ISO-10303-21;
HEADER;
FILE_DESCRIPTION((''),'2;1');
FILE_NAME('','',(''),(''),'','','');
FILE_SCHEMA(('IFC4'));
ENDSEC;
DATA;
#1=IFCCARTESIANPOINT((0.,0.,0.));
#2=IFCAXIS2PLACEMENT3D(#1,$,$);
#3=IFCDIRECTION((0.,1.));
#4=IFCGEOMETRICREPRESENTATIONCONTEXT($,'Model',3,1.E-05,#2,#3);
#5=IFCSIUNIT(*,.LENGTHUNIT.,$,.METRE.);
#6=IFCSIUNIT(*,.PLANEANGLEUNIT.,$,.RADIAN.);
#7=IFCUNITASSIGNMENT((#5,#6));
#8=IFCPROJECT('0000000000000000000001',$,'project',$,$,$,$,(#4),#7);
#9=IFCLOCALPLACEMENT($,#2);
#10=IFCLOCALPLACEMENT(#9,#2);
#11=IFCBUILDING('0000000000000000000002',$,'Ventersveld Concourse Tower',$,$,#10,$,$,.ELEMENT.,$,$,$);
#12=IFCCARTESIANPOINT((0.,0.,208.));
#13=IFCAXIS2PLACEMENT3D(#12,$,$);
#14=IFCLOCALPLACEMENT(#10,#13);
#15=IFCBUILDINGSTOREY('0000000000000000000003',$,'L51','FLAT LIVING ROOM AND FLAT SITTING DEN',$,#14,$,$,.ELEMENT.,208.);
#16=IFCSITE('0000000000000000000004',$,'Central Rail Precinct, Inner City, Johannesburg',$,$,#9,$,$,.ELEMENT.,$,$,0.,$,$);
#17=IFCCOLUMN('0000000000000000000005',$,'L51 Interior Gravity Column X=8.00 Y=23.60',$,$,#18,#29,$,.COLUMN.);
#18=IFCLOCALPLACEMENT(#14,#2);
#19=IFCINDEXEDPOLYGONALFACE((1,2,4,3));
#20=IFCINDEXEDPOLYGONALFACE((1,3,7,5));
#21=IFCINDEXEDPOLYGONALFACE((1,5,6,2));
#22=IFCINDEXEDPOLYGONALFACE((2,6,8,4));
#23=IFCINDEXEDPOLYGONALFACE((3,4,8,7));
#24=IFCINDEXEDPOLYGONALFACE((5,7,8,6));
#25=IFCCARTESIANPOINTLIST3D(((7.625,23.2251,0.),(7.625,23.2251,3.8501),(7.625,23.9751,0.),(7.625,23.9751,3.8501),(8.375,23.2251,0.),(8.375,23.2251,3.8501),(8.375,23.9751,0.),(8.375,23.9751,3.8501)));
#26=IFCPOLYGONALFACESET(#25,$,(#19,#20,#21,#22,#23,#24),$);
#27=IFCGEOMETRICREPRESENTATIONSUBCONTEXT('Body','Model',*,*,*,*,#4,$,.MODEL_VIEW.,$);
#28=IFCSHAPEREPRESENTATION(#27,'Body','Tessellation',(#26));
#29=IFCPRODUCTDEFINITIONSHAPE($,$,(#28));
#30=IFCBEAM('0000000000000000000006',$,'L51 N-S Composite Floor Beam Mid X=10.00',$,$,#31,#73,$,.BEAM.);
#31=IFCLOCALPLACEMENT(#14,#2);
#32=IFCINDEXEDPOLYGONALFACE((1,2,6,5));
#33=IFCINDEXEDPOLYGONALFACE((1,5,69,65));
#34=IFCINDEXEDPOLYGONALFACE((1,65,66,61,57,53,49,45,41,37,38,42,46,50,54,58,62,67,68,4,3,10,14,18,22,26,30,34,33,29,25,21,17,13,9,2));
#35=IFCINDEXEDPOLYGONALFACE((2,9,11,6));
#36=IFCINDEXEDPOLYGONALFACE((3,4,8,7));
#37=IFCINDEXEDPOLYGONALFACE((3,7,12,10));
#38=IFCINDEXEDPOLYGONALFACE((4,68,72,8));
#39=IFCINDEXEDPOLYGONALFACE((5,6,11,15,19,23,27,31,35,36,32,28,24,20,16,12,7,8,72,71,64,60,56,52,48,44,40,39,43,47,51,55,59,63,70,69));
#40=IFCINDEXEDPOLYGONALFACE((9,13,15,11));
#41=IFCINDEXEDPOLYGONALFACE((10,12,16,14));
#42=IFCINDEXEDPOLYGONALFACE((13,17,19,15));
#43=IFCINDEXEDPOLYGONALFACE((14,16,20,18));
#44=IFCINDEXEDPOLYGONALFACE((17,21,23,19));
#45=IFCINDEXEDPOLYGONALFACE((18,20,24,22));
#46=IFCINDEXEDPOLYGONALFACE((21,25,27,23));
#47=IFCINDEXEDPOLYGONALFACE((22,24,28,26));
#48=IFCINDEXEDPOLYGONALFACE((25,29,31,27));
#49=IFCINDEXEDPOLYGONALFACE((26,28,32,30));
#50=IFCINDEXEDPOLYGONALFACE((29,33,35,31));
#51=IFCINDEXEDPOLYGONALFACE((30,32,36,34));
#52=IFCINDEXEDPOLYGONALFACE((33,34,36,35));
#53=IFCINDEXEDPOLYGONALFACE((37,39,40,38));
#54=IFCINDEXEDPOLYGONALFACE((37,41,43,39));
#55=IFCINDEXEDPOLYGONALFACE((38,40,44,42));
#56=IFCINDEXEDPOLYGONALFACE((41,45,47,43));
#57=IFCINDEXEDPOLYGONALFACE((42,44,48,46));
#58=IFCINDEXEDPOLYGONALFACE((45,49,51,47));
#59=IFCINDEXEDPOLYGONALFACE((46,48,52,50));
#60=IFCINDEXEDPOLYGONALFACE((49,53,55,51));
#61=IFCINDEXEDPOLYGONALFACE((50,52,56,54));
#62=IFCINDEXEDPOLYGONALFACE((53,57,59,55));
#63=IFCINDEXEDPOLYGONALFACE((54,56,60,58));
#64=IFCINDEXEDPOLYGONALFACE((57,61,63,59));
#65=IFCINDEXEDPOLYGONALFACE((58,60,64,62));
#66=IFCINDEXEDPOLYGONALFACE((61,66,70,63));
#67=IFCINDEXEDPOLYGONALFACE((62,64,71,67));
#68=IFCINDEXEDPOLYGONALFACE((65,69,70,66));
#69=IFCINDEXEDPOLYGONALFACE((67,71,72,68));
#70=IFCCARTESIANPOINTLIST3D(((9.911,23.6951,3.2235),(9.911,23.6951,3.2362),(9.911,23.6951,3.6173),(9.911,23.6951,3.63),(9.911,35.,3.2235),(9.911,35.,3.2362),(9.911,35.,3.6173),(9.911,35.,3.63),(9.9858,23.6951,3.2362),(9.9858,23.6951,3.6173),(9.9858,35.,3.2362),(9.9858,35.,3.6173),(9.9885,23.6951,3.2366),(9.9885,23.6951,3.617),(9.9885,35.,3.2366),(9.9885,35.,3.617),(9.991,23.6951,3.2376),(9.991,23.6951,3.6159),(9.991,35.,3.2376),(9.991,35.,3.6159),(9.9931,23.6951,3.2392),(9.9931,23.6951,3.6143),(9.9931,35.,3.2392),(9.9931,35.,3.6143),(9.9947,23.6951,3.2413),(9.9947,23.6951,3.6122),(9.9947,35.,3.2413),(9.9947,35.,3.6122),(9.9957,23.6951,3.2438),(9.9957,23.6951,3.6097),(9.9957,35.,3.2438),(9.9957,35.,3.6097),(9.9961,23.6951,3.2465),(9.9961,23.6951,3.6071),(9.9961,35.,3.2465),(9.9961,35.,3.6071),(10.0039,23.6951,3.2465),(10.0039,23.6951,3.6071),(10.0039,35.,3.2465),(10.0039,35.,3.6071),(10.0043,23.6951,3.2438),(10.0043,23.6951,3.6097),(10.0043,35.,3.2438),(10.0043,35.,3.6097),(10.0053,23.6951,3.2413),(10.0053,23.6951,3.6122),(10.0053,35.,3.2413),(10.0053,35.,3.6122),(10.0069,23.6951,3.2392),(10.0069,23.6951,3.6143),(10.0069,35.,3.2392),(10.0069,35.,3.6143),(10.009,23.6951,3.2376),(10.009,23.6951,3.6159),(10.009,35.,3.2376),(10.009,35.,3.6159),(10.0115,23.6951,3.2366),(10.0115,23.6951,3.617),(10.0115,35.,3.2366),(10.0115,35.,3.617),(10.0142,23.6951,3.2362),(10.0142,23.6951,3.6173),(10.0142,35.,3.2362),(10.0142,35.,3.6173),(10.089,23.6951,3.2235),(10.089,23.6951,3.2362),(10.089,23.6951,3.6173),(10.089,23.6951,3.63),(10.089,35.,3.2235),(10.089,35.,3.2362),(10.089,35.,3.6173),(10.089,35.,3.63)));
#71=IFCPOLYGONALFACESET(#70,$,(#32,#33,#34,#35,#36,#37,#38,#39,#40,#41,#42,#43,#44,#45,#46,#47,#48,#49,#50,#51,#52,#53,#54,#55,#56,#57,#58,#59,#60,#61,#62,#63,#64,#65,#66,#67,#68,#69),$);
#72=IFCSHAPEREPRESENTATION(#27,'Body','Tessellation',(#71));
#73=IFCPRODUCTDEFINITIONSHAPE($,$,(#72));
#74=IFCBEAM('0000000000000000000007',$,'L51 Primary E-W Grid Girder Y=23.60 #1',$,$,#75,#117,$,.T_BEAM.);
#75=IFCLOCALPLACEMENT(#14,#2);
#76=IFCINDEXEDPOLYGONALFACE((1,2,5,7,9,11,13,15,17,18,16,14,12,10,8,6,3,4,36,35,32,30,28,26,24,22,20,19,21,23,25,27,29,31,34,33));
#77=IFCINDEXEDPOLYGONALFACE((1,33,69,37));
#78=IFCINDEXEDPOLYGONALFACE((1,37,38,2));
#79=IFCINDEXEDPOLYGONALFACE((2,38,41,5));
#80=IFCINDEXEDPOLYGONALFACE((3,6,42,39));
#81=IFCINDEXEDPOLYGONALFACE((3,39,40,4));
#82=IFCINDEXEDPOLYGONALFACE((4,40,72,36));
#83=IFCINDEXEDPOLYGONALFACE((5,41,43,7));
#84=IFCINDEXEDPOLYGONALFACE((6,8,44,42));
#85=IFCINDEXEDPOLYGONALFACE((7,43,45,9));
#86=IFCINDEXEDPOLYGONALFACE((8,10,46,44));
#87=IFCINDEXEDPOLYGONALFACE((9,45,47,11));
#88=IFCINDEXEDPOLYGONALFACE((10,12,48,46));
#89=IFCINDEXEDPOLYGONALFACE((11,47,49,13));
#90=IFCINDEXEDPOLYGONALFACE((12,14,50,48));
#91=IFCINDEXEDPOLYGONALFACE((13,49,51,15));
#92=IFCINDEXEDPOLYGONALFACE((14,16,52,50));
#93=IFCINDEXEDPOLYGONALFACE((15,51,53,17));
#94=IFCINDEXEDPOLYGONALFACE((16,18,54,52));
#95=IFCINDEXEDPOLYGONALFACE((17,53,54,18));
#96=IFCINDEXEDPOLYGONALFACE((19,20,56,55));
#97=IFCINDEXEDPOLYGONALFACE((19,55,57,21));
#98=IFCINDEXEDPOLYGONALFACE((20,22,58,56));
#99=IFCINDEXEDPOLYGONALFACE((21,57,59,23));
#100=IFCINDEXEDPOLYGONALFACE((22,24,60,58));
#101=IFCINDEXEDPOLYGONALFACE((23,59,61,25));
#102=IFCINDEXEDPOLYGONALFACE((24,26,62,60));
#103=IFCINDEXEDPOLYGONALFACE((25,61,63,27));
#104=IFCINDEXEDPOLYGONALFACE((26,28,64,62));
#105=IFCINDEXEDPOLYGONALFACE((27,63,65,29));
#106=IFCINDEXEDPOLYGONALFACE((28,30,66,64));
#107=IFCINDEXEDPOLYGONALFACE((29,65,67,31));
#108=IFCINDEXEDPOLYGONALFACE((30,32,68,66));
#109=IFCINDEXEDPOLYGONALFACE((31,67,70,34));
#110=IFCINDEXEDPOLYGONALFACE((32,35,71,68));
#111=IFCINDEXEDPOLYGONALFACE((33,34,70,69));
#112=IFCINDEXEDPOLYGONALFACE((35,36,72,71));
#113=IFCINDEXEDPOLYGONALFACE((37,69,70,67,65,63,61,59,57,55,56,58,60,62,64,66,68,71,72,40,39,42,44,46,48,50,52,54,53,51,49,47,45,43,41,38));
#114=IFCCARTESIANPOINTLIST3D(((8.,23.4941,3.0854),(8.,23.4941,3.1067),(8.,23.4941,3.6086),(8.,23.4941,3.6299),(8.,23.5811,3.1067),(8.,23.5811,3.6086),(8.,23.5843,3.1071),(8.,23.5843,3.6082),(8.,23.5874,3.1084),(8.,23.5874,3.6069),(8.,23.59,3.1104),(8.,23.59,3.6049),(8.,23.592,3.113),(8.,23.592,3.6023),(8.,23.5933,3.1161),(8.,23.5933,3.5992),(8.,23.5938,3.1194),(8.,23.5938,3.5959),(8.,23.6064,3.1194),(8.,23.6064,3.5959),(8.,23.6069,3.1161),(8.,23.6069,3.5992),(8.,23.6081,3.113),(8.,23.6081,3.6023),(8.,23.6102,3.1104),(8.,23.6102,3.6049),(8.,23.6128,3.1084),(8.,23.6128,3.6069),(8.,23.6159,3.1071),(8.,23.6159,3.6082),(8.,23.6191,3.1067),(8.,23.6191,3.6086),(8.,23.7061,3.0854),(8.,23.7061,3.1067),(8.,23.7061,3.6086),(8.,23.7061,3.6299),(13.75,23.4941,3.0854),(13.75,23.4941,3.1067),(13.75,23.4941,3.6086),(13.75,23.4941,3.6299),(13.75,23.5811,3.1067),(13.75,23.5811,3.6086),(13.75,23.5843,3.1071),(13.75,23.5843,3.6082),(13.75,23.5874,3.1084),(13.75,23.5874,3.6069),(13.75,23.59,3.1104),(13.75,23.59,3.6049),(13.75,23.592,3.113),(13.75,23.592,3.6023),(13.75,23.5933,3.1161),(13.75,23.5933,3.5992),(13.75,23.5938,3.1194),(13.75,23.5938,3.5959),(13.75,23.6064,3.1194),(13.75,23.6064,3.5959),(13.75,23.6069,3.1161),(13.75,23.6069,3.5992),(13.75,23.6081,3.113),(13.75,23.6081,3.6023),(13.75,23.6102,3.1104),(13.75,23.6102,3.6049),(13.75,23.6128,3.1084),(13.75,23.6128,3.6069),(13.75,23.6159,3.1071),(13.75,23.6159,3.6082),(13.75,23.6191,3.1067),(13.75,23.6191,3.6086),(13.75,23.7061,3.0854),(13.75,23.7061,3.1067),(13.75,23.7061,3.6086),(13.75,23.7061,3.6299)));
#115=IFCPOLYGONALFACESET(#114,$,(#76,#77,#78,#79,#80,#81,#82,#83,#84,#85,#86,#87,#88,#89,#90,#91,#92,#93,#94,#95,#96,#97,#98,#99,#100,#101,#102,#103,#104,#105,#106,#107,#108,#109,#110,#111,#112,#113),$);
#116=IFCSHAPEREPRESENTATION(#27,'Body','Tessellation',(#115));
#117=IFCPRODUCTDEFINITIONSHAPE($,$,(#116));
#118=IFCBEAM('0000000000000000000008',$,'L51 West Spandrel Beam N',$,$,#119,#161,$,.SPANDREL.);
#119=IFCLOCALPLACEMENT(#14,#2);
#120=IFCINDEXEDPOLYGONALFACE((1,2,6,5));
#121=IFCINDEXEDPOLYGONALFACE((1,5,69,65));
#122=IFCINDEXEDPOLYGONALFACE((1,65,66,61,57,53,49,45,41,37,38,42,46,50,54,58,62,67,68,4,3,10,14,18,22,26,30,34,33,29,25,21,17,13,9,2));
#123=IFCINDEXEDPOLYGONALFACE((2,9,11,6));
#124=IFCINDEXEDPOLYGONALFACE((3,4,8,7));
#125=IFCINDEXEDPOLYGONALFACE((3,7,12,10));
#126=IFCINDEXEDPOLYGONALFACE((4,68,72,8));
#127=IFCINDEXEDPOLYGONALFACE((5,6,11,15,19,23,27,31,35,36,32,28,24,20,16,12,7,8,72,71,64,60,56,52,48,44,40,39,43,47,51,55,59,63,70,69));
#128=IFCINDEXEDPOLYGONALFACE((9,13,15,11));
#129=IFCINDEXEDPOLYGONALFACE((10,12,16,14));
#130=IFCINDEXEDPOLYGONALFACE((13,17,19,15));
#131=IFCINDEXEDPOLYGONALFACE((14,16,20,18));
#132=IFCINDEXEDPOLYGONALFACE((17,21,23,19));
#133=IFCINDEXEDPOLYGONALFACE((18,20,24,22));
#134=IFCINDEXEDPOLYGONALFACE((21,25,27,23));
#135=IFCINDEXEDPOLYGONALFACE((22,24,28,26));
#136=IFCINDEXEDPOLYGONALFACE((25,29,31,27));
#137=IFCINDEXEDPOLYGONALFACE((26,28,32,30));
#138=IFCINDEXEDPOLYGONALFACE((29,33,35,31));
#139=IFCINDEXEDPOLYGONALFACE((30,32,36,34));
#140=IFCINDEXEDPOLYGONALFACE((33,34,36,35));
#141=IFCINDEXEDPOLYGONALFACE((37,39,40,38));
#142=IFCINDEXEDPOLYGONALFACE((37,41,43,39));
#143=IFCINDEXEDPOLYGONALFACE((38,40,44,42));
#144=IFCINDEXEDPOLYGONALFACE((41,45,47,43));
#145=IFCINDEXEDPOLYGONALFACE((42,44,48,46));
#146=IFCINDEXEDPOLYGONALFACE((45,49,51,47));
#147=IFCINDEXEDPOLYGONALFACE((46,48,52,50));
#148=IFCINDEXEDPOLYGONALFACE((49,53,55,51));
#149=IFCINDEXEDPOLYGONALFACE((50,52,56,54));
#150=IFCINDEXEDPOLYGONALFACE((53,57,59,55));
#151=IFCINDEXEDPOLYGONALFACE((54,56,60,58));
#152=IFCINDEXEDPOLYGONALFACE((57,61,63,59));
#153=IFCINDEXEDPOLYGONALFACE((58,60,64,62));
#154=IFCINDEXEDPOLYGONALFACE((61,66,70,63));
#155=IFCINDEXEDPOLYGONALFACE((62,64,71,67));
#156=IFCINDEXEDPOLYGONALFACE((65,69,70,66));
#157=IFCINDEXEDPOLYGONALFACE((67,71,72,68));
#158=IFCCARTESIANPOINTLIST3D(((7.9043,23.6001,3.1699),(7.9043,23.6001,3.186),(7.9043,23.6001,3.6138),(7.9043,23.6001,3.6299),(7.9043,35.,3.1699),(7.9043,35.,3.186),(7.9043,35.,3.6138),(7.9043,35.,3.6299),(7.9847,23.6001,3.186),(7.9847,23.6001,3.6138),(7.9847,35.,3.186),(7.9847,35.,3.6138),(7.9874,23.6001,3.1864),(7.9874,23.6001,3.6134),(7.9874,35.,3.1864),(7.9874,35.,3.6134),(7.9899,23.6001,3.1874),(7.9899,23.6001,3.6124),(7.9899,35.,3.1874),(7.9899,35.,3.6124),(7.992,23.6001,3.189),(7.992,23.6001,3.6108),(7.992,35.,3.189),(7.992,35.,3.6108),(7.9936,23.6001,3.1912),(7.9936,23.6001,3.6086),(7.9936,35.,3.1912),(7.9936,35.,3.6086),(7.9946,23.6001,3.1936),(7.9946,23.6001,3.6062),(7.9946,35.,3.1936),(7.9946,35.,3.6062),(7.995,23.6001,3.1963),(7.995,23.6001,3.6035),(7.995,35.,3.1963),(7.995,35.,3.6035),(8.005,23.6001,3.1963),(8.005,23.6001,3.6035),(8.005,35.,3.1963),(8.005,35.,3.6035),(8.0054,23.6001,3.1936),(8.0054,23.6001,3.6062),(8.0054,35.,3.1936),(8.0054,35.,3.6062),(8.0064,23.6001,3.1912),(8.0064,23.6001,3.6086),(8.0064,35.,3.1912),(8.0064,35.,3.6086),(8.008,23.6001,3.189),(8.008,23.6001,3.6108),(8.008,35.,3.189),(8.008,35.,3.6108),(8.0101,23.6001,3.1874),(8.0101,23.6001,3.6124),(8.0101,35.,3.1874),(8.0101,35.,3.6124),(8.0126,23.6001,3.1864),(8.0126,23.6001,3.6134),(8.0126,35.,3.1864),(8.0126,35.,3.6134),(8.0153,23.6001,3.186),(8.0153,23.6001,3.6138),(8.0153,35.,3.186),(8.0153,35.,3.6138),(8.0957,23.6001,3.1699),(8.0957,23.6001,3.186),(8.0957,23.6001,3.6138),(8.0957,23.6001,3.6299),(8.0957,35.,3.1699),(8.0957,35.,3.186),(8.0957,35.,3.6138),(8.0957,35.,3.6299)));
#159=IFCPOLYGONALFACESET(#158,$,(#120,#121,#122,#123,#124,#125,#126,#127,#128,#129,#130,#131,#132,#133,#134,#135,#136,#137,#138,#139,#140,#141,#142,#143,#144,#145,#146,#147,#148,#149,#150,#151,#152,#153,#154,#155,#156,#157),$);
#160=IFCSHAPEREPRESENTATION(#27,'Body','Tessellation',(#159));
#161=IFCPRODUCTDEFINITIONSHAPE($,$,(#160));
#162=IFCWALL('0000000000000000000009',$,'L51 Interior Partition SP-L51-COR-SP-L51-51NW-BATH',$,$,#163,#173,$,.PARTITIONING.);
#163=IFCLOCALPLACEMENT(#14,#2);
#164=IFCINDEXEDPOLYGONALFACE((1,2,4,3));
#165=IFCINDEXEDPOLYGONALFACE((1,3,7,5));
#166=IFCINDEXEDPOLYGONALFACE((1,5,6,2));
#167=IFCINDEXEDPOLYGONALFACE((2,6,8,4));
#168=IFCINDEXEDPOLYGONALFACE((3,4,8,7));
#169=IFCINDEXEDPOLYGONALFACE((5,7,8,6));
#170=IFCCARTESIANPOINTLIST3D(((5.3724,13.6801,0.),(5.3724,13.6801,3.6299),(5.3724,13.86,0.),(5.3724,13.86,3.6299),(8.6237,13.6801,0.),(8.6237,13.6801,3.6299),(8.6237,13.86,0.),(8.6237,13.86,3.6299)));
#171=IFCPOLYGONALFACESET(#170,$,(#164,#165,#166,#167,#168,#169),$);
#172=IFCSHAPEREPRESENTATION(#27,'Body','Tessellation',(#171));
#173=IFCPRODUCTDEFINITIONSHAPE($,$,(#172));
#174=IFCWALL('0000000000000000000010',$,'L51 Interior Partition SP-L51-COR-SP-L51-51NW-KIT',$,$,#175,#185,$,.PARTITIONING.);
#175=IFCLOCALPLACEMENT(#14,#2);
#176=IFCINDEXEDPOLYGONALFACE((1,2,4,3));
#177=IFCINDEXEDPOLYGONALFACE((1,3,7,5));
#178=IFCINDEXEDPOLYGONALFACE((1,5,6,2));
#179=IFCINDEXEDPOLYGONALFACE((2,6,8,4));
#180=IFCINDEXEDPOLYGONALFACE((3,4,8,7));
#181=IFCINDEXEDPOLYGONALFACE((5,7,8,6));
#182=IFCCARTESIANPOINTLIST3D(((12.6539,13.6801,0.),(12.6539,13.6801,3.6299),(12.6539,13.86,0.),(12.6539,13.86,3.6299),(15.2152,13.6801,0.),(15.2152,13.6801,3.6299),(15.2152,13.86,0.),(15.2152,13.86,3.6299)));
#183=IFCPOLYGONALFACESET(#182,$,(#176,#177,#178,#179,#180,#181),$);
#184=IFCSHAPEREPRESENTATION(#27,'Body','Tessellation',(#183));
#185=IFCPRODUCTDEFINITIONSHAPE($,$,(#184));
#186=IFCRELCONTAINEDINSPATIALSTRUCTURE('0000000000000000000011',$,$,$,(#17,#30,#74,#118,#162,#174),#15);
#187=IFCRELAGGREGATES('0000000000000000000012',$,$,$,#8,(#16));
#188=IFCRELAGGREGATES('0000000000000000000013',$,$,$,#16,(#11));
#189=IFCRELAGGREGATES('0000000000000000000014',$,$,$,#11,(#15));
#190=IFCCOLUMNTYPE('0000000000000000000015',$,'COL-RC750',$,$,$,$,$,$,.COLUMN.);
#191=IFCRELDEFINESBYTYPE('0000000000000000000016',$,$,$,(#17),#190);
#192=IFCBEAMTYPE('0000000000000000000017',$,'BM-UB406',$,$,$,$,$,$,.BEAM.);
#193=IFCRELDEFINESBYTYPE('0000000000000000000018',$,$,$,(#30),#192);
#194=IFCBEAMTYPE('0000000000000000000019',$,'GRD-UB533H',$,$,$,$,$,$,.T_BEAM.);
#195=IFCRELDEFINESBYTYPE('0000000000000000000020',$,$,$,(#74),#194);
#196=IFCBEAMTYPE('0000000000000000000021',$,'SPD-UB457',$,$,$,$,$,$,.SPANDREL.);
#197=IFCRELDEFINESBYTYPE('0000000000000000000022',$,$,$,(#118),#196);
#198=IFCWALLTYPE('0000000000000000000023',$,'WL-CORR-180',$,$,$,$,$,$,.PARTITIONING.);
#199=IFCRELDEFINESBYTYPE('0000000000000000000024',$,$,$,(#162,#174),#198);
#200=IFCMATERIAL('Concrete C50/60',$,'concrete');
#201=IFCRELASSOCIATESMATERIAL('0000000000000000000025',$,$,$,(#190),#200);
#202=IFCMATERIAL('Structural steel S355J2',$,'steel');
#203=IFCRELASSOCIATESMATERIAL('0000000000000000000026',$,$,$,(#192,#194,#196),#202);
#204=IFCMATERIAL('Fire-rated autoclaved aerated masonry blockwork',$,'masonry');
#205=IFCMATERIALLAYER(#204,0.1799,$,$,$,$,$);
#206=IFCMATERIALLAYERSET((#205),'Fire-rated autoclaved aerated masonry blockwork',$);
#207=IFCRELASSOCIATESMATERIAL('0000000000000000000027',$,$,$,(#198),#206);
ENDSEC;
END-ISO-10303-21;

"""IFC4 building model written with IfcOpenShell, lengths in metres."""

from ifc_helpers import new_model, si_unit, direction, frame, frame_2d, origin, origin_2d, place, context, subcontext, project, spatial, rectangle, i_section, extrude, material, layer, layer_set, material_profile, profile_set, type_object, element, save


model = new_model("IFC4")

# Units and contexts
model_context = context("Model", 3, precision=1e-05, world=origin(), true_north=direction((0.0, 1.0)))
body_context = subcontext(model_context, "Body", "Model", "MODEL_VIEW")
ifc_project = project(units=[si_unit("LENGTHUNIT", "METRE"), si_unit("PLANEANGLEUNIT", "RADIAN")], contexts=[model_context])

# Site, building, storey
site_placement = place(None, origin())
site = spatial("IfcSite", under=ifc_project, at=site_placement, Name="Central Rail Precinct, Inner City, Johannesburg", CompositionType="ELEMENT", RefElevation=0.0)
building_placement = place(site_placement, origin())
building = spatial("IfcBuilding", under=site, at=building_placement, Name="Ventersveld Concourse Tower", CompositionType="ELEMENT")
storey_placement = place(building_placement, frame((0.0, 0.0, 208.0)))
storey = spatial("IfcBuildingStorey", under=building, at=storey_placement, Name="L51", Description="FLAT LIVING ROOM AND FLAT SITTING DEN", CompositionType="ELEMENT", Elevation=208.0)

# Column
ifc_material_1 = material(Name="Concrete C50/60", Category="concrete")
ifc_material_profile_1 = material_profile(ifc_material_1, rectangle(XDim=0.75, YDim=0.75, at=origin_2d()), Name="RC 750x750")
ifc_profile_set_1 = profile_set([ifc_material_profile_1], Name="Concrete C50/60")
column_type = type_object("IfcColumnType", Name="COL-RC750", PredefinedType="COLUMN", material=ifc_profile_set_1)
column_placement = place(storey_placement, frame((8.0, 23.6001, 0.0), z_axis=(0.0, 0.0, 1.0), x_axis=(1.0, 0.0, 0.0)))
element("IfcColumn", 1, at=column_placement, inside=storey, type_object=column_type, Name="L51 Interior Gravity Column X=8.00 Y=23.60", PredefinedType="COLUMN", context=body_context, shape_type="SweptSolid", body=[
    extrude(rectangle(XDim=0.75, YDim=0.75, at=origin_2d()), origin(), (0.0, 0.0, 1.0), 3.8501),
])

# Beams
ifc_material_2 = material(Name="Structural steel S355J2", Category="steel")
ifc_material_profile_2 = material_profile(ifc_material_2, i_section(OverallWidth=0.178, OverallDepth=0.4065, WebThickness=0.0078, FlangeThickness=0.0127, FilletRadius=0.0103, at=origin_2d()), Name="UB 406x178x60")
ifc_profile_set_2 = profile_set([ifc_material_profile_2], Name="Structural steel S355J2")
beam_type_1 = type_object("IfcBeamType", Name="BM-UB406", PredefinedType="BEAM", material=ifc_profile_set_2)
beam_1_placement = place(storey_placement, frame((10.0, 23.6951, 3.4268), z_axis=(0.0, 1.0, 0.0), x_axis=(-1.0, 0.0, 0.0)))
element("IfcBeam", 2, at=beam_1_placement, inside=storey, type_object=beam_type_1, Name="L51 N-S Composite Floor Beam Mid X=10.00", PredefinedType="BEAM", context=body_context, shape_type="SweptSolid", body=[
    extrude(i_section(OverallWidth=0.178, OverallDepth=0.4065, WebThickness=0.0078, FlangeThickness=0.0127, FilletRadius=0.0103, at=origin_2d()), origin(), (0.0, 0.0, 1.0), 11.3049),
])
ifc_material_profile_3 = material_profile(ifc_material_2, i_section(OverallWidth=0.2119, OverallDepth=0.5444, WebThickness=0.0127, FlangeThickness=0.0212, FilletRadius=0.0127, at=origin_2d()), Name="UB 533x210x122")
ifc_profile_set_3 = profile_set([ifc_material_profile_3], Name="Structural steel S355J2")
beam_type_2 = type_object("IfcBeamType", Name="GRD-UB533H", PredefinedType="T_BEAM", material=ifc_profile_set_3)
beam_2_placement = place(storey_placement, frame((8.0, 23.6001, 3.3577), z_axis=(1.0, 0.0, 0.0), x_axis=(0.0, 1.0, 0.0)))
element("IfcBeam", 3, at=beam_2_placement, inside=storey, type_object=beam_type_2, Name="L51 Primary E-W Grid Girder Y=23.60 #1", PredefinedType="T_BEAM", context=body_context, shape_type="SweptSolid", body=[
    extrude(i_section(OverallWidth=0.2119, OverallDepth=0.5444, WebThickness=0.0127, FlangeThickness=0.0212, FilletRadius=0.0127, at=origin_2d()), origin(), (0.0, 0.0, 1.0), 5.75),
])
ifc_material_profile_4 = material_profile(ifc_material_2, i_section(OverallWidth=0.1914, OverallDepth=0.46, WebThickness=0.01, FlangeThickness=0.0161, FilletRadius=0.0103, at=origin_2d()), Name="UB 457x191x82")
ifc_profile_set_4 = profile_set([ifc_material_profile_4], Name="Structural steel S355J2")
beam_type_3 = type_object("IfcBeamType", Name="SPD-UB457", PredefinedType="SPANDREL", material=ifc_profile_set_4)
beam_3_placement = place(storey_placement, frame((8.0, 23.6001, 3.3999), z_axis=(0.0, 1.0, 0.0), x_axis=(-1.0, 0.0, 0.0)))
element("IfcBeam", 4, at=beam_3_placement, inside=storey, type_object=beam_type_3, Name="L51 West Spandrel Beam N", PredefinedType="SPANDREL", context=body_context, shape_type="SweptSolid", body=[
    extrude(i_section(OverallWidth=0.1914, OverallDepth=0.46, WebThickness=0.01, FlangeThickness=0.0161, FilletRadius=0.0103, at=origin_2d()), origin(), (0.0, 0.0, 1.0), 11.3999),
])

# Shared definitions
ifc_material_3 = material(Name="Fire-rated autoclaved aerated masonry blockwork", Category="masonry")
ifc_layer_1 = layer(ifc_material_3, 0.1799)
ifc_layer_set_1 = layer_set([ifc_layer_1], Name="Fire-rated autoclaved aerated masonry blockwork")
wall_type_1 = type_object("IfcWallType", Name="WL-CORR-180", PredefinedType="PARTITIONING", material=ifc_layer_set_1)

# Walls
wall_1_placement = place(storey_placement, frame((5.3726, 13.77, 0.0), z_axis=(0.0, 0.0, 1.0), x_axis=(1.0, 0.0, 0.0)))
element("IfcWall", 5, at=wall_1_placement, inside=storey, type_object=wall_type_1, Name="L51 Interior Partition SP-L51-COR-SP-L51-51NW-BATH", PredefinedType="PARTITIONING", context=body_context, shape_type="SweptSolid", body=[
    extrude(rectangle(XDim=3.2512, YDim=0.1799, at=frame_2d((1.6255, 0.0))), origin(), (0.0, 0.0, 1.0), 3.6299),
])
wall_2_placement = place(storey_placement, frame((12.6538, 13.77, 0.0), z_axis=(0.0, 0.0, 1.0), x_axis=(1.0, 0.0, 0.0)))
element("IfcWall", 6, at=wall_2_placement, inside=storey, type_object=wall_type_1, Name="L51 Interior Partition SP-L51-COR-SP-L51-51NW-KIT", PredefinedType="PARTITIONING", context=body_context, shape_type="SweptSolid", body=[
    extrude(rectangle(XDim=2.5613, YDim=0.1799, at=frame_2d((1.2808, 0.0))), origin(), (0.0, 0.0, 1.0), 3.6299),
])

save(model, "model.ifc")
